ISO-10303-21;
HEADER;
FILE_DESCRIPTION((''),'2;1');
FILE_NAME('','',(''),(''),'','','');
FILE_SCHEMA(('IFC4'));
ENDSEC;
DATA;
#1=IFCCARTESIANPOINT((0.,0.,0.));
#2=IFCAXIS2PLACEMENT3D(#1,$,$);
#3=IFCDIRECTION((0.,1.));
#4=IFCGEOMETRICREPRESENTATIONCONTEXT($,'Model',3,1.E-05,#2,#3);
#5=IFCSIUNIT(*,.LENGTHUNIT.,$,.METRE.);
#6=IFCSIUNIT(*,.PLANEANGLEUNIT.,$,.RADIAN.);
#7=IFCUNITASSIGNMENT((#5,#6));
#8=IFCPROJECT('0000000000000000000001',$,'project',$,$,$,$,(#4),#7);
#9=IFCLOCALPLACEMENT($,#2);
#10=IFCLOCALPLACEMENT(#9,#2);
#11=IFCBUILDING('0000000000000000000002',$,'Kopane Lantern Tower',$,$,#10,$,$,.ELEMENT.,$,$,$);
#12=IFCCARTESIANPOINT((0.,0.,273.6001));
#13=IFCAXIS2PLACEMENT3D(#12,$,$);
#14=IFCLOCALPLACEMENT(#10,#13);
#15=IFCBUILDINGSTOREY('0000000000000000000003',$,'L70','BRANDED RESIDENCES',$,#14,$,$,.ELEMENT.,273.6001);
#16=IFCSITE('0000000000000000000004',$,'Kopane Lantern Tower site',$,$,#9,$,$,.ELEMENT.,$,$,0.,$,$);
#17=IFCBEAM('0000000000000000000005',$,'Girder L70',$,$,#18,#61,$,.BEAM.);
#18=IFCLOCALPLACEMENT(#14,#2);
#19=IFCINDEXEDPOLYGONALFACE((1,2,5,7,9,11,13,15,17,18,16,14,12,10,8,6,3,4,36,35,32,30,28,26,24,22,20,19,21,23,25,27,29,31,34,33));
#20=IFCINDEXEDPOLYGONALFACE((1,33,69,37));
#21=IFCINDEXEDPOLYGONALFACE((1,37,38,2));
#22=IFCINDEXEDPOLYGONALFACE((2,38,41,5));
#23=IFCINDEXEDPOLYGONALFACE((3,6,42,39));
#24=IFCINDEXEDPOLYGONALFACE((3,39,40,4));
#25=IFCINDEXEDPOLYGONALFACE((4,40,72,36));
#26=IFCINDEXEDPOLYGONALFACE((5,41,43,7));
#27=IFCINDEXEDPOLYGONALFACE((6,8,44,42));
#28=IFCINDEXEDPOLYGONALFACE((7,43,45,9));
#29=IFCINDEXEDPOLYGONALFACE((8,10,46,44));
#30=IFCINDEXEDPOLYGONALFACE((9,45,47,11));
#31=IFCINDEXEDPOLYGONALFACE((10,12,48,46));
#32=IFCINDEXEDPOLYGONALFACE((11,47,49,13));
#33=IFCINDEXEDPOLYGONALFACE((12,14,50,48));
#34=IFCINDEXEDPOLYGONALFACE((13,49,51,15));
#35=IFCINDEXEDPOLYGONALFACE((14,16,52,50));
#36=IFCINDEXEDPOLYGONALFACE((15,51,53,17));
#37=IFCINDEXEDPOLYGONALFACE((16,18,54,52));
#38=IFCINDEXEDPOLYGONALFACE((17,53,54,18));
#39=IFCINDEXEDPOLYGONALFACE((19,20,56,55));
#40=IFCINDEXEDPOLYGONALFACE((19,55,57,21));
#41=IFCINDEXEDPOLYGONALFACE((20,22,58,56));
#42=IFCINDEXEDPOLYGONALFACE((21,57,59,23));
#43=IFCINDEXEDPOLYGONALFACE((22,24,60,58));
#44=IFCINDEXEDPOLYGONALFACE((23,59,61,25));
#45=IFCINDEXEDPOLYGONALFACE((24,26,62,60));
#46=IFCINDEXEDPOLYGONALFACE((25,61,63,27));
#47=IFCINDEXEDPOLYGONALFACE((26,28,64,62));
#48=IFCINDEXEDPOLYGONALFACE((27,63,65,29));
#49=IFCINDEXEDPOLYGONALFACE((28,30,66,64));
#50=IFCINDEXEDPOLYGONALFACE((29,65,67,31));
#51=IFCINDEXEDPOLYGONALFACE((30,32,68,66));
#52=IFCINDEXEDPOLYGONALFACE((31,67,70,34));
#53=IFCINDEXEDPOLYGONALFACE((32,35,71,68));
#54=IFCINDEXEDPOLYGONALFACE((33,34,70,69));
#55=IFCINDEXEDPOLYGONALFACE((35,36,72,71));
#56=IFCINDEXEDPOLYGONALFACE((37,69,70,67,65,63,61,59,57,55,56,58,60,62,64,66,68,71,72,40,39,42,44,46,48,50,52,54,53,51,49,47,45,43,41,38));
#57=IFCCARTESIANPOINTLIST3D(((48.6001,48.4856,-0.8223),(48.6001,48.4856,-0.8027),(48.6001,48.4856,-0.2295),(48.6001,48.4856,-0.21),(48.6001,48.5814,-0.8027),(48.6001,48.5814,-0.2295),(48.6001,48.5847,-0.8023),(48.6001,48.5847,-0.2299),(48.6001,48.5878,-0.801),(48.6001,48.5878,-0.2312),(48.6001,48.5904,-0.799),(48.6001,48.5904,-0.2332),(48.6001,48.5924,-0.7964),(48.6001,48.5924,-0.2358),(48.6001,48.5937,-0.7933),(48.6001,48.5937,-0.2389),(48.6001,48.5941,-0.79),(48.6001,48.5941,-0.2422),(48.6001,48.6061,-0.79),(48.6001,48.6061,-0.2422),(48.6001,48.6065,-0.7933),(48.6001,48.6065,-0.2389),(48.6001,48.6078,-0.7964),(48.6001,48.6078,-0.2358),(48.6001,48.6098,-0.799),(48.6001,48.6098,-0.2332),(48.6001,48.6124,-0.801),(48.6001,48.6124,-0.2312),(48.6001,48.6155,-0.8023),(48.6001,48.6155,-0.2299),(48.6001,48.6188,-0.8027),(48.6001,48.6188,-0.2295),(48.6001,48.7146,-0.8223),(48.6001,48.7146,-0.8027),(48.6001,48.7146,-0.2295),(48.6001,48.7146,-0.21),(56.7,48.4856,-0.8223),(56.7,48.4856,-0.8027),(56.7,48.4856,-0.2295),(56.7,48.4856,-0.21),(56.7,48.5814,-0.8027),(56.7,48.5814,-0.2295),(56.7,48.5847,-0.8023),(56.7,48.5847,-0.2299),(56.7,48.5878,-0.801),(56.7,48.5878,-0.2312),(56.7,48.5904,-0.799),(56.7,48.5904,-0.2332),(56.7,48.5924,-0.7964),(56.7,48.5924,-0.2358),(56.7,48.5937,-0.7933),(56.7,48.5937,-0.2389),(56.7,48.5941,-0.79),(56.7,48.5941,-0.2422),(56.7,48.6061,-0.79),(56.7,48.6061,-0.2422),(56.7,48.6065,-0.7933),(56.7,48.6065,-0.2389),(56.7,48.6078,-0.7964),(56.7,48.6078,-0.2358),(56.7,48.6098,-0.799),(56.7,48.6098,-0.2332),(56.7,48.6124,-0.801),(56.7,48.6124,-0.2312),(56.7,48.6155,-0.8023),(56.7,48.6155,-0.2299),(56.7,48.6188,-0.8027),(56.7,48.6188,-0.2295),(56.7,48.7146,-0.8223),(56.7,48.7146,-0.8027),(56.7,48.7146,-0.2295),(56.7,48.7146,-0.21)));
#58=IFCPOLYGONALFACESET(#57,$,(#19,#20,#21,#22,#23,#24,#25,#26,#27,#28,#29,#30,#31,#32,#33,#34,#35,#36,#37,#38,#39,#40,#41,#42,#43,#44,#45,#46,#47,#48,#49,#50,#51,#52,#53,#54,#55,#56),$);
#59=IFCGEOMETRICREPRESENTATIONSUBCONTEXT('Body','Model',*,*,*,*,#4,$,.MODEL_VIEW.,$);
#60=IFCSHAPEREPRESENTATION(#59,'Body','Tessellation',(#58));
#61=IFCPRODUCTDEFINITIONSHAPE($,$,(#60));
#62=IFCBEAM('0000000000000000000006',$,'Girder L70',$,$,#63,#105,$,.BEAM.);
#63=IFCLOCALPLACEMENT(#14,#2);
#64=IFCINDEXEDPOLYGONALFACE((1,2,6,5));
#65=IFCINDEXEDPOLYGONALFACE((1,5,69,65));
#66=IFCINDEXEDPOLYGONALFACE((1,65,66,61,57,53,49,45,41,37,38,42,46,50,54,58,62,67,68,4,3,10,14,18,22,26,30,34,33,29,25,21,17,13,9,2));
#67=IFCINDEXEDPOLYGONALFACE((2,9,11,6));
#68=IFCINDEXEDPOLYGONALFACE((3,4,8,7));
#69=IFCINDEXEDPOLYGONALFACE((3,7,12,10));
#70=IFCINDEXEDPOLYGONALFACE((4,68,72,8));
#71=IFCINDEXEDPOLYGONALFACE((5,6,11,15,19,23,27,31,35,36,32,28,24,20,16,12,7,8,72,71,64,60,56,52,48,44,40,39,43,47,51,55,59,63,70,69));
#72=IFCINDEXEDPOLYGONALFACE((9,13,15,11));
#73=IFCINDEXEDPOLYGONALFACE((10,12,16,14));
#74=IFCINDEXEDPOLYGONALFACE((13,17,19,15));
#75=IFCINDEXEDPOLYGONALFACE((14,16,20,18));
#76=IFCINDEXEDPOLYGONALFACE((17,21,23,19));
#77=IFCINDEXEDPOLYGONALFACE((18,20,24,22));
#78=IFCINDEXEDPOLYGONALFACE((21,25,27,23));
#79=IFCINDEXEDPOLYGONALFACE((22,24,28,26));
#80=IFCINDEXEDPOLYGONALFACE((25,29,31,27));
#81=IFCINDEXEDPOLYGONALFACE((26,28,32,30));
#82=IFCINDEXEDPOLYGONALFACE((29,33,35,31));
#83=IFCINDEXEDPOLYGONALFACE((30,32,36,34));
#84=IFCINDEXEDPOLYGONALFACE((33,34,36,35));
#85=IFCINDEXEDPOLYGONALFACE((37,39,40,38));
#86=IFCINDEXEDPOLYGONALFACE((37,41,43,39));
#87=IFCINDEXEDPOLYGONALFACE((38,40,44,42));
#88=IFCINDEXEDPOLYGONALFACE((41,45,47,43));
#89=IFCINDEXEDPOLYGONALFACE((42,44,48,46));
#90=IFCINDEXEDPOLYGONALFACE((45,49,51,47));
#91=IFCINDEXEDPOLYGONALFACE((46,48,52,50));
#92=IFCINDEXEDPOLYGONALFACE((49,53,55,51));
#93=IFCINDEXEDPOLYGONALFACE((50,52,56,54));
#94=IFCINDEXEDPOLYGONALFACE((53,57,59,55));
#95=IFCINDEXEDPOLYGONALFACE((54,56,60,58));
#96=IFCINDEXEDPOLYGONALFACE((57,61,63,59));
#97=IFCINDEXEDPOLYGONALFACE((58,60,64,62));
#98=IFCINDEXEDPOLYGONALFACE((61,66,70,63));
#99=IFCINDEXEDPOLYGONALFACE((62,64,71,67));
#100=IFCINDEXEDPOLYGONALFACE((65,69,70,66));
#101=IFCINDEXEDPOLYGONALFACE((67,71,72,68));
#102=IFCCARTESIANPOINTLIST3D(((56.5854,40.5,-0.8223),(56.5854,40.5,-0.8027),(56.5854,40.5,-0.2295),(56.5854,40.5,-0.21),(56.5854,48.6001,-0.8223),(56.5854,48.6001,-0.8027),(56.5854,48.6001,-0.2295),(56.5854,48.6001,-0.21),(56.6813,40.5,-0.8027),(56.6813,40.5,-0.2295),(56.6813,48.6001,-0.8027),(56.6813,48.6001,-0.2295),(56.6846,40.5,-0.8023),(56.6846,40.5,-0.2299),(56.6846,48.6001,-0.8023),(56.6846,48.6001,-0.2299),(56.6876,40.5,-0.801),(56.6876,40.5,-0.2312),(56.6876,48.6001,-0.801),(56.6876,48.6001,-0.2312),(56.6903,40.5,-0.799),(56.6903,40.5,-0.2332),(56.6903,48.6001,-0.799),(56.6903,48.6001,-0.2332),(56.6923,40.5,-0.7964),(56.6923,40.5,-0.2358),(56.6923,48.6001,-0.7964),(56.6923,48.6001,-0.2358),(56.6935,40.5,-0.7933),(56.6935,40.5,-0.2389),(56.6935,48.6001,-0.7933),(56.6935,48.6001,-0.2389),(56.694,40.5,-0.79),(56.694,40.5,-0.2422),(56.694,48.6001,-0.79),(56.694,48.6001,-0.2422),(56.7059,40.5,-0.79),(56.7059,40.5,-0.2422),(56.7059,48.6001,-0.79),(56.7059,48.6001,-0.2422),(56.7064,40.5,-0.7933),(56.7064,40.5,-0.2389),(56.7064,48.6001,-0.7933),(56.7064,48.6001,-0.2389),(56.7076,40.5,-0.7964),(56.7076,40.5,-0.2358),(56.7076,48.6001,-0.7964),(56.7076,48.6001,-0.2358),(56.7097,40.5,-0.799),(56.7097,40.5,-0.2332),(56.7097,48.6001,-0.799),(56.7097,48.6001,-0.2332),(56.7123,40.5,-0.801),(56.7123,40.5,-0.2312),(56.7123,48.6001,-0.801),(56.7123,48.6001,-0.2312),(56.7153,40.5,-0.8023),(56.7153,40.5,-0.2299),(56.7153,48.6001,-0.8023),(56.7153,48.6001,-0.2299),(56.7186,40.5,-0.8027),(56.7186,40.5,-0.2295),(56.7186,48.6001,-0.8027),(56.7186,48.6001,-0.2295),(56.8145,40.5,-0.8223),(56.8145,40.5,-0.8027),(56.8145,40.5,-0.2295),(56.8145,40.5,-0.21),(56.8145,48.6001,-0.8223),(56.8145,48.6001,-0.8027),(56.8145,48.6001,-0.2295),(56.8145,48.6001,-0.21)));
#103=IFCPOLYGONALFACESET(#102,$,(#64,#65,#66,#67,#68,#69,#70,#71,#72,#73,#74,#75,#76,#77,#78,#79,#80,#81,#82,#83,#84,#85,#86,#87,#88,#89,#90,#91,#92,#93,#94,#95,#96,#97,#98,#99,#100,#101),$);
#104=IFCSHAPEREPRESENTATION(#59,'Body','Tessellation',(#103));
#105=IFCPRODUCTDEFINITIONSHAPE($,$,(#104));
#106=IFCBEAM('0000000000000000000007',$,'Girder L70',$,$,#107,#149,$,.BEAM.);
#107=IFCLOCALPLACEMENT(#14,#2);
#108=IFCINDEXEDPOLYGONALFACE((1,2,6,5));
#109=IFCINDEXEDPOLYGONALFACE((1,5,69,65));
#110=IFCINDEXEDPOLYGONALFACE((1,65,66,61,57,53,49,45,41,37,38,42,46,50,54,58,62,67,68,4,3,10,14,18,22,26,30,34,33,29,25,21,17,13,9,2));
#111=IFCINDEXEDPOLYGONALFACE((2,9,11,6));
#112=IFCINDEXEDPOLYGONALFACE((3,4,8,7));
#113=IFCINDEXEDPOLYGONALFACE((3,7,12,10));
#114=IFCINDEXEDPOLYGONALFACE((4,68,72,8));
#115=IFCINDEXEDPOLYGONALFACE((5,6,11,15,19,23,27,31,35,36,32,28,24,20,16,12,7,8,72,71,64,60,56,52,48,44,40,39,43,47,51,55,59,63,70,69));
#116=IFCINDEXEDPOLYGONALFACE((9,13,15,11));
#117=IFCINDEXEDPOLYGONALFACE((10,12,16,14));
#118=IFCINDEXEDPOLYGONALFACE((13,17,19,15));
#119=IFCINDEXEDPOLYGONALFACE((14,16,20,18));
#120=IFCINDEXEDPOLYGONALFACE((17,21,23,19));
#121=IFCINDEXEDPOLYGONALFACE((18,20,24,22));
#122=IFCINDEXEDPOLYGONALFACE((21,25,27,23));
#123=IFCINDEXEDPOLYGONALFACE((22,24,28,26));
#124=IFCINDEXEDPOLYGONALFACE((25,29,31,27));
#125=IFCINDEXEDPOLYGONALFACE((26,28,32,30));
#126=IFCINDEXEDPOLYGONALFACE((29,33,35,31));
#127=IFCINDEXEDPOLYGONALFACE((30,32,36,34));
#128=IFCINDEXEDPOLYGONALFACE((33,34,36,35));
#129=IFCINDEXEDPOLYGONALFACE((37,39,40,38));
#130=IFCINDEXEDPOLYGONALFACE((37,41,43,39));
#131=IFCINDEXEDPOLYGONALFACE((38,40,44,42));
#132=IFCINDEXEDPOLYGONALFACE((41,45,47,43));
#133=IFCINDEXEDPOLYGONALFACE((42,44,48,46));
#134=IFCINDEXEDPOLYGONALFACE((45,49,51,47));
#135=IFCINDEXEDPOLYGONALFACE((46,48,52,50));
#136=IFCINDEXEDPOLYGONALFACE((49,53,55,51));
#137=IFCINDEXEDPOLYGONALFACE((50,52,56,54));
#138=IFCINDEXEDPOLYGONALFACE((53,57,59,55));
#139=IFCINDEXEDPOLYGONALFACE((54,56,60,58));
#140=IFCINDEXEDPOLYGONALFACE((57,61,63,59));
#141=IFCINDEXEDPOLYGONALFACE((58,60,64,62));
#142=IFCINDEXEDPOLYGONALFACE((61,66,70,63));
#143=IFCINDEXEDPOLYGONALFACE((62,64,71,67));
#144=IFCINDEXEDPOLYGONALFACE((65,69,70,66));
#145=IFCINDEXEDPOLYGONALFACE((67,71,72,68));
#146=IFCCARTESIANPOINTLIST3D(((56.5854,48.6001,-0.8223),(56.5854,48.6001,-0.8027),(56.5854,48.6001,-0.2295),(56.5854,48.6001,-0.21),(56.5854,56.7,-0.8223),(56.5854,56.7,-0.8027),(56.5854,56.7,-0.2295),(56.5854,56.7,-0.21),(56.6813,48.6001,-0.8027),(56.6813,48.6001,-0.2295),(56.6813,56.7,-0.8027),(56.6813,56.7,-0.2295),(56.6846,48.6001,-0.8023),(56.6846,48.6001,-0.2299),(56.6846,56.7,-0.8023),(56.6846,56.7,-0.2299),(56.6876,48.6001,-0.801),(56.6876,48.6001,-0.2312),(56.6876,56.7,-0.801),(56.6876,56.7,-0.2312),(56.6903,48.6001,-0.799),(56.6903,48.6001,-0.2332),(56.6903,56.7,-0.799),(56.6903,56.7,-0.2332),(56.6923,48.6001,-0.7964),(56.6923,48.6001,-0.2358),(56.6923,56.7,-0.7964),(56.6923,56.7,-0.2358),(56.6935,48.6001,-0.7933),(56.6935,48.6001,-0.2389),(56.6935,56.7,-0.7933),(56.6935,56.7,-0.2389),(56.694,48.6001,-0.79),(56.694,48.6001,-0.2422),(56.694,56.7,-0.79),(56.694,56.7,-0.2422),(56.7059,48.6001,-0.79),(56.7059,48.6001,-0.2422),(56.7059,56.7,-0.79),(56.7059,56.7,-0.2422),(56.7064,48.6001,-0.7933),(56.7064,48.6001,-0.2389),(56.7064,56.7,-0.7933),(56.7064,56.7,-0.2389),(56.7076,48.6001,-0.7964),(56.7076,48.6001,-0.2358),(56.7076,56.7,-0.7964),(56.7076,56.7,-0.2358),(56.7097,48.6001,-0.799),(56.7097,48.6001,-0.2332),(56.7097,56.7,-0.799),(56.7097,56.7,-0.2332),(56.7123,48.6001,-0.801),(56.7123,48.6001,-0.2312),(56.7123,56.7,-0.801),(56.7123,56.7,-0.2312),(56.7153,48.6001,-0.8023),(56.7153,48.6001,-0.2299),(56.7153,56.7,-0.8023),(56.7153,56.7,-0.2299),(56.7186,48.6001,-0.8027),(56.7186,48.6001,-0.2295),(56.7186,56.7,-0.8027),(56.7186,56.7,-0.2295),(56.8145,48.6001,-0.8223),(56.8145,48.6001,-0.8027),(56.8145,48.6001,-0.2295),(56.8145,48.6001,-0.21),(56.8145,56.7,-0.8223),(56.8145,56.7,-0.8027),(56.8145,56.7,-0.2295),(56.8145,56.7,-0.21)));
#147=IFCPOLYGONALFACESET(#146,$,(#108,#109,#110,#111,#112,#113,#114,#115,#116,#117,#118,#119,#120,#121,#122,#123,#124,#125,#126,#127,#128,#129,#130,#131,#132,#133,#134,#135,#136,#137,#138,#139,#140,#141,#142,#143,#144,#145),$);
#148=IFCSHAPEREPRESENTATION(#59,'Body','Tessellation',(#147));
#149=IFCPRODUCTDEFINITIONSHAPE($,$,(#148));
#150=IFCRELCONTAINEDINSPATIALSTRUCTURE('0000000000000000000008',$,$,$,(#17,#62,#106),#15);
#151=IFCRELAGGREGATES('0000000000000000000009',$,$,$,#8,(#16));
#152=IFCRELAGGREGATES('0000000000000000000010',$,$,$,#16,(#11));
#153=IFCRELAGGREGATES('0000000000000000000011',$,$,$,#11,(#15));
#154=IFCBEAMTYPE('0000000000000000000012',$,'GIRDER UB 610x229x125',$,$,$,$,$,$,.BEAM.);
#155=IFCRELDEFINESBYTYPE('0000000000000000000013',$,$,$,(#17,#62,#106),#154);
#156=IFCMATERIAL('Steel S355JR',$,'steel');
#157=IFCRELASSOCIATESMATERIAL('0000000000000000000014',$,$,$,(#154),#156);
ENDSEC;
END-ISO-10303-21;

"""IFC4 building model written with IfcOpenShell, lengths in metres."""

from ifc_helpers import new_model, si_unit, direction, frame, origin, origin_2d, place, context, subcontext, project, spatial, i_section, extrude, material, material_profile, profile_set, type_object, element, save


model = new_model("IFC4")

# Units and contexts
model_context = context("Model", 3, precision=1e-05, world=origin(), true_north=direction((0.0, 1.0)))
body_context = subcontext(model_context, "Body", "Model", "MODEL_VIEW")
ifc_project = project(units=[si_unit("LENGTHUNIT", "METRE"), si_unit("PLANEANGLEUNIT", "RADIAN")], contexts=[model_context])

# Site, building, storey
site_placement = place(None, origin())
site = spatial("IfcSite", under=ifc_project, at=site_placement, Name="Kopane Lantern Tower site", CompositionType="ELEMENT", RefElevation=0.0)
building_placement = place(site_placement, origin())
building = spatial("IfcBuilding", under=site, at=building_placement, Name="Kopane Lantern Tower", CompositionType="ELEMENT")
storey_placement = place(building_placement, frame((0.0, 0.0, 273.6001)))
storey = spatial("IfcBuildingStorey", under=building, at=storey_placement, Name="L70", Description="BRANDED RESIDENCES", CompositionType="ELEMENT", Elevation=273.6001)

# Beams
ifc_material_1 = material(Name="Steel S355JR", Category="steel")
ifc_material_profile_1 = material_profile(ifc_material_1, i_section(OverallWidth=0.229, OverallDepth=0.6123, WebThickness=0.012, FlangeThickness=0.0195, FilletRadius=0.0127, at=origin_2d()), Name="UB 610x229x125")
ifc_profile_set_1 = profile_set([ifc_material_profile_1], Name="Steel S355JR")
beam_type = type_object("IfcBeamType", Name="GIRDER UB 610x229x125", PredefinedType="BEAM", material=ifc_profile_set_1)
for number, where, z_axis, x_axis, name in (
    (1, (48.6001, 48.6001, -0.5161), (1.0, 0.0, 0.0), (0.0, 1.0, 0.0), "Girder L70"),
):
    element("IfcBeam", number, at=place(storey_placement, frame(where, z_axis=z_axis, x_axis=x_axis)), inside=storey, type_object=beam_type, Name=name, PredefinedType="BEAM", context=body_context, shape_type="SweptSolid", body=[
        extrude(i_section(OverallWidth=0.229, OverallDepth=0.6123, WebThickness=0.012, FlangeThickness=0.0195, FilletRadius=0.0127, at=origin_2d()), origin(), (0.0, 0.0, 1.0), 8.0999),
    ])
beam_1_placement = place(storey_placement, frame((56.7, 40.5, -0.5161), z_axis=(0.0, 1.0, 0.0), x_axis=(-1.0, 0.0, 0.0)))
element("IfcBeam", 2, at=beam_1_placement, inside=storey, type_object=beam_type, Name="Girder L70", PredefinedType="BEAM", context=body_context, shape_type="SweptSolid", body=[
    extrude(i_section(OverallWidth=0.229, OverallDepth=0.6123, WebThickness=0.012, FlangeThickness=0.0195, FilletRadius=0.0127, at=origin_2d()), origin(), (0.0, 0.0, 1.0), 8.1001),
])
beam_2_placement = place(storey_placement, frame((56.7, 48.6001, -0.5161), z_axis=(0.0, 1.0, 0.0), x_axis=(-1.0, 0.0, 0.0)))
element("IfcBeam", 3, at=beam_2_placement, inside=storey, type_object=beam_type, Name="Girder L70", PredefinedType="BEAM", context=body_context, shape_type="SweptSolid", body=[
    extrude(i_section(OverallWidth=0.229, OverallDepth=0.6123, WebThickness=0.012, FlangeThickness=0.0195, FilletRadius=0.0127, at=origin_2d()), origin(), (0.0, 0.0, 1.0), 8.0999),
])

save(model, "model.ifc")
